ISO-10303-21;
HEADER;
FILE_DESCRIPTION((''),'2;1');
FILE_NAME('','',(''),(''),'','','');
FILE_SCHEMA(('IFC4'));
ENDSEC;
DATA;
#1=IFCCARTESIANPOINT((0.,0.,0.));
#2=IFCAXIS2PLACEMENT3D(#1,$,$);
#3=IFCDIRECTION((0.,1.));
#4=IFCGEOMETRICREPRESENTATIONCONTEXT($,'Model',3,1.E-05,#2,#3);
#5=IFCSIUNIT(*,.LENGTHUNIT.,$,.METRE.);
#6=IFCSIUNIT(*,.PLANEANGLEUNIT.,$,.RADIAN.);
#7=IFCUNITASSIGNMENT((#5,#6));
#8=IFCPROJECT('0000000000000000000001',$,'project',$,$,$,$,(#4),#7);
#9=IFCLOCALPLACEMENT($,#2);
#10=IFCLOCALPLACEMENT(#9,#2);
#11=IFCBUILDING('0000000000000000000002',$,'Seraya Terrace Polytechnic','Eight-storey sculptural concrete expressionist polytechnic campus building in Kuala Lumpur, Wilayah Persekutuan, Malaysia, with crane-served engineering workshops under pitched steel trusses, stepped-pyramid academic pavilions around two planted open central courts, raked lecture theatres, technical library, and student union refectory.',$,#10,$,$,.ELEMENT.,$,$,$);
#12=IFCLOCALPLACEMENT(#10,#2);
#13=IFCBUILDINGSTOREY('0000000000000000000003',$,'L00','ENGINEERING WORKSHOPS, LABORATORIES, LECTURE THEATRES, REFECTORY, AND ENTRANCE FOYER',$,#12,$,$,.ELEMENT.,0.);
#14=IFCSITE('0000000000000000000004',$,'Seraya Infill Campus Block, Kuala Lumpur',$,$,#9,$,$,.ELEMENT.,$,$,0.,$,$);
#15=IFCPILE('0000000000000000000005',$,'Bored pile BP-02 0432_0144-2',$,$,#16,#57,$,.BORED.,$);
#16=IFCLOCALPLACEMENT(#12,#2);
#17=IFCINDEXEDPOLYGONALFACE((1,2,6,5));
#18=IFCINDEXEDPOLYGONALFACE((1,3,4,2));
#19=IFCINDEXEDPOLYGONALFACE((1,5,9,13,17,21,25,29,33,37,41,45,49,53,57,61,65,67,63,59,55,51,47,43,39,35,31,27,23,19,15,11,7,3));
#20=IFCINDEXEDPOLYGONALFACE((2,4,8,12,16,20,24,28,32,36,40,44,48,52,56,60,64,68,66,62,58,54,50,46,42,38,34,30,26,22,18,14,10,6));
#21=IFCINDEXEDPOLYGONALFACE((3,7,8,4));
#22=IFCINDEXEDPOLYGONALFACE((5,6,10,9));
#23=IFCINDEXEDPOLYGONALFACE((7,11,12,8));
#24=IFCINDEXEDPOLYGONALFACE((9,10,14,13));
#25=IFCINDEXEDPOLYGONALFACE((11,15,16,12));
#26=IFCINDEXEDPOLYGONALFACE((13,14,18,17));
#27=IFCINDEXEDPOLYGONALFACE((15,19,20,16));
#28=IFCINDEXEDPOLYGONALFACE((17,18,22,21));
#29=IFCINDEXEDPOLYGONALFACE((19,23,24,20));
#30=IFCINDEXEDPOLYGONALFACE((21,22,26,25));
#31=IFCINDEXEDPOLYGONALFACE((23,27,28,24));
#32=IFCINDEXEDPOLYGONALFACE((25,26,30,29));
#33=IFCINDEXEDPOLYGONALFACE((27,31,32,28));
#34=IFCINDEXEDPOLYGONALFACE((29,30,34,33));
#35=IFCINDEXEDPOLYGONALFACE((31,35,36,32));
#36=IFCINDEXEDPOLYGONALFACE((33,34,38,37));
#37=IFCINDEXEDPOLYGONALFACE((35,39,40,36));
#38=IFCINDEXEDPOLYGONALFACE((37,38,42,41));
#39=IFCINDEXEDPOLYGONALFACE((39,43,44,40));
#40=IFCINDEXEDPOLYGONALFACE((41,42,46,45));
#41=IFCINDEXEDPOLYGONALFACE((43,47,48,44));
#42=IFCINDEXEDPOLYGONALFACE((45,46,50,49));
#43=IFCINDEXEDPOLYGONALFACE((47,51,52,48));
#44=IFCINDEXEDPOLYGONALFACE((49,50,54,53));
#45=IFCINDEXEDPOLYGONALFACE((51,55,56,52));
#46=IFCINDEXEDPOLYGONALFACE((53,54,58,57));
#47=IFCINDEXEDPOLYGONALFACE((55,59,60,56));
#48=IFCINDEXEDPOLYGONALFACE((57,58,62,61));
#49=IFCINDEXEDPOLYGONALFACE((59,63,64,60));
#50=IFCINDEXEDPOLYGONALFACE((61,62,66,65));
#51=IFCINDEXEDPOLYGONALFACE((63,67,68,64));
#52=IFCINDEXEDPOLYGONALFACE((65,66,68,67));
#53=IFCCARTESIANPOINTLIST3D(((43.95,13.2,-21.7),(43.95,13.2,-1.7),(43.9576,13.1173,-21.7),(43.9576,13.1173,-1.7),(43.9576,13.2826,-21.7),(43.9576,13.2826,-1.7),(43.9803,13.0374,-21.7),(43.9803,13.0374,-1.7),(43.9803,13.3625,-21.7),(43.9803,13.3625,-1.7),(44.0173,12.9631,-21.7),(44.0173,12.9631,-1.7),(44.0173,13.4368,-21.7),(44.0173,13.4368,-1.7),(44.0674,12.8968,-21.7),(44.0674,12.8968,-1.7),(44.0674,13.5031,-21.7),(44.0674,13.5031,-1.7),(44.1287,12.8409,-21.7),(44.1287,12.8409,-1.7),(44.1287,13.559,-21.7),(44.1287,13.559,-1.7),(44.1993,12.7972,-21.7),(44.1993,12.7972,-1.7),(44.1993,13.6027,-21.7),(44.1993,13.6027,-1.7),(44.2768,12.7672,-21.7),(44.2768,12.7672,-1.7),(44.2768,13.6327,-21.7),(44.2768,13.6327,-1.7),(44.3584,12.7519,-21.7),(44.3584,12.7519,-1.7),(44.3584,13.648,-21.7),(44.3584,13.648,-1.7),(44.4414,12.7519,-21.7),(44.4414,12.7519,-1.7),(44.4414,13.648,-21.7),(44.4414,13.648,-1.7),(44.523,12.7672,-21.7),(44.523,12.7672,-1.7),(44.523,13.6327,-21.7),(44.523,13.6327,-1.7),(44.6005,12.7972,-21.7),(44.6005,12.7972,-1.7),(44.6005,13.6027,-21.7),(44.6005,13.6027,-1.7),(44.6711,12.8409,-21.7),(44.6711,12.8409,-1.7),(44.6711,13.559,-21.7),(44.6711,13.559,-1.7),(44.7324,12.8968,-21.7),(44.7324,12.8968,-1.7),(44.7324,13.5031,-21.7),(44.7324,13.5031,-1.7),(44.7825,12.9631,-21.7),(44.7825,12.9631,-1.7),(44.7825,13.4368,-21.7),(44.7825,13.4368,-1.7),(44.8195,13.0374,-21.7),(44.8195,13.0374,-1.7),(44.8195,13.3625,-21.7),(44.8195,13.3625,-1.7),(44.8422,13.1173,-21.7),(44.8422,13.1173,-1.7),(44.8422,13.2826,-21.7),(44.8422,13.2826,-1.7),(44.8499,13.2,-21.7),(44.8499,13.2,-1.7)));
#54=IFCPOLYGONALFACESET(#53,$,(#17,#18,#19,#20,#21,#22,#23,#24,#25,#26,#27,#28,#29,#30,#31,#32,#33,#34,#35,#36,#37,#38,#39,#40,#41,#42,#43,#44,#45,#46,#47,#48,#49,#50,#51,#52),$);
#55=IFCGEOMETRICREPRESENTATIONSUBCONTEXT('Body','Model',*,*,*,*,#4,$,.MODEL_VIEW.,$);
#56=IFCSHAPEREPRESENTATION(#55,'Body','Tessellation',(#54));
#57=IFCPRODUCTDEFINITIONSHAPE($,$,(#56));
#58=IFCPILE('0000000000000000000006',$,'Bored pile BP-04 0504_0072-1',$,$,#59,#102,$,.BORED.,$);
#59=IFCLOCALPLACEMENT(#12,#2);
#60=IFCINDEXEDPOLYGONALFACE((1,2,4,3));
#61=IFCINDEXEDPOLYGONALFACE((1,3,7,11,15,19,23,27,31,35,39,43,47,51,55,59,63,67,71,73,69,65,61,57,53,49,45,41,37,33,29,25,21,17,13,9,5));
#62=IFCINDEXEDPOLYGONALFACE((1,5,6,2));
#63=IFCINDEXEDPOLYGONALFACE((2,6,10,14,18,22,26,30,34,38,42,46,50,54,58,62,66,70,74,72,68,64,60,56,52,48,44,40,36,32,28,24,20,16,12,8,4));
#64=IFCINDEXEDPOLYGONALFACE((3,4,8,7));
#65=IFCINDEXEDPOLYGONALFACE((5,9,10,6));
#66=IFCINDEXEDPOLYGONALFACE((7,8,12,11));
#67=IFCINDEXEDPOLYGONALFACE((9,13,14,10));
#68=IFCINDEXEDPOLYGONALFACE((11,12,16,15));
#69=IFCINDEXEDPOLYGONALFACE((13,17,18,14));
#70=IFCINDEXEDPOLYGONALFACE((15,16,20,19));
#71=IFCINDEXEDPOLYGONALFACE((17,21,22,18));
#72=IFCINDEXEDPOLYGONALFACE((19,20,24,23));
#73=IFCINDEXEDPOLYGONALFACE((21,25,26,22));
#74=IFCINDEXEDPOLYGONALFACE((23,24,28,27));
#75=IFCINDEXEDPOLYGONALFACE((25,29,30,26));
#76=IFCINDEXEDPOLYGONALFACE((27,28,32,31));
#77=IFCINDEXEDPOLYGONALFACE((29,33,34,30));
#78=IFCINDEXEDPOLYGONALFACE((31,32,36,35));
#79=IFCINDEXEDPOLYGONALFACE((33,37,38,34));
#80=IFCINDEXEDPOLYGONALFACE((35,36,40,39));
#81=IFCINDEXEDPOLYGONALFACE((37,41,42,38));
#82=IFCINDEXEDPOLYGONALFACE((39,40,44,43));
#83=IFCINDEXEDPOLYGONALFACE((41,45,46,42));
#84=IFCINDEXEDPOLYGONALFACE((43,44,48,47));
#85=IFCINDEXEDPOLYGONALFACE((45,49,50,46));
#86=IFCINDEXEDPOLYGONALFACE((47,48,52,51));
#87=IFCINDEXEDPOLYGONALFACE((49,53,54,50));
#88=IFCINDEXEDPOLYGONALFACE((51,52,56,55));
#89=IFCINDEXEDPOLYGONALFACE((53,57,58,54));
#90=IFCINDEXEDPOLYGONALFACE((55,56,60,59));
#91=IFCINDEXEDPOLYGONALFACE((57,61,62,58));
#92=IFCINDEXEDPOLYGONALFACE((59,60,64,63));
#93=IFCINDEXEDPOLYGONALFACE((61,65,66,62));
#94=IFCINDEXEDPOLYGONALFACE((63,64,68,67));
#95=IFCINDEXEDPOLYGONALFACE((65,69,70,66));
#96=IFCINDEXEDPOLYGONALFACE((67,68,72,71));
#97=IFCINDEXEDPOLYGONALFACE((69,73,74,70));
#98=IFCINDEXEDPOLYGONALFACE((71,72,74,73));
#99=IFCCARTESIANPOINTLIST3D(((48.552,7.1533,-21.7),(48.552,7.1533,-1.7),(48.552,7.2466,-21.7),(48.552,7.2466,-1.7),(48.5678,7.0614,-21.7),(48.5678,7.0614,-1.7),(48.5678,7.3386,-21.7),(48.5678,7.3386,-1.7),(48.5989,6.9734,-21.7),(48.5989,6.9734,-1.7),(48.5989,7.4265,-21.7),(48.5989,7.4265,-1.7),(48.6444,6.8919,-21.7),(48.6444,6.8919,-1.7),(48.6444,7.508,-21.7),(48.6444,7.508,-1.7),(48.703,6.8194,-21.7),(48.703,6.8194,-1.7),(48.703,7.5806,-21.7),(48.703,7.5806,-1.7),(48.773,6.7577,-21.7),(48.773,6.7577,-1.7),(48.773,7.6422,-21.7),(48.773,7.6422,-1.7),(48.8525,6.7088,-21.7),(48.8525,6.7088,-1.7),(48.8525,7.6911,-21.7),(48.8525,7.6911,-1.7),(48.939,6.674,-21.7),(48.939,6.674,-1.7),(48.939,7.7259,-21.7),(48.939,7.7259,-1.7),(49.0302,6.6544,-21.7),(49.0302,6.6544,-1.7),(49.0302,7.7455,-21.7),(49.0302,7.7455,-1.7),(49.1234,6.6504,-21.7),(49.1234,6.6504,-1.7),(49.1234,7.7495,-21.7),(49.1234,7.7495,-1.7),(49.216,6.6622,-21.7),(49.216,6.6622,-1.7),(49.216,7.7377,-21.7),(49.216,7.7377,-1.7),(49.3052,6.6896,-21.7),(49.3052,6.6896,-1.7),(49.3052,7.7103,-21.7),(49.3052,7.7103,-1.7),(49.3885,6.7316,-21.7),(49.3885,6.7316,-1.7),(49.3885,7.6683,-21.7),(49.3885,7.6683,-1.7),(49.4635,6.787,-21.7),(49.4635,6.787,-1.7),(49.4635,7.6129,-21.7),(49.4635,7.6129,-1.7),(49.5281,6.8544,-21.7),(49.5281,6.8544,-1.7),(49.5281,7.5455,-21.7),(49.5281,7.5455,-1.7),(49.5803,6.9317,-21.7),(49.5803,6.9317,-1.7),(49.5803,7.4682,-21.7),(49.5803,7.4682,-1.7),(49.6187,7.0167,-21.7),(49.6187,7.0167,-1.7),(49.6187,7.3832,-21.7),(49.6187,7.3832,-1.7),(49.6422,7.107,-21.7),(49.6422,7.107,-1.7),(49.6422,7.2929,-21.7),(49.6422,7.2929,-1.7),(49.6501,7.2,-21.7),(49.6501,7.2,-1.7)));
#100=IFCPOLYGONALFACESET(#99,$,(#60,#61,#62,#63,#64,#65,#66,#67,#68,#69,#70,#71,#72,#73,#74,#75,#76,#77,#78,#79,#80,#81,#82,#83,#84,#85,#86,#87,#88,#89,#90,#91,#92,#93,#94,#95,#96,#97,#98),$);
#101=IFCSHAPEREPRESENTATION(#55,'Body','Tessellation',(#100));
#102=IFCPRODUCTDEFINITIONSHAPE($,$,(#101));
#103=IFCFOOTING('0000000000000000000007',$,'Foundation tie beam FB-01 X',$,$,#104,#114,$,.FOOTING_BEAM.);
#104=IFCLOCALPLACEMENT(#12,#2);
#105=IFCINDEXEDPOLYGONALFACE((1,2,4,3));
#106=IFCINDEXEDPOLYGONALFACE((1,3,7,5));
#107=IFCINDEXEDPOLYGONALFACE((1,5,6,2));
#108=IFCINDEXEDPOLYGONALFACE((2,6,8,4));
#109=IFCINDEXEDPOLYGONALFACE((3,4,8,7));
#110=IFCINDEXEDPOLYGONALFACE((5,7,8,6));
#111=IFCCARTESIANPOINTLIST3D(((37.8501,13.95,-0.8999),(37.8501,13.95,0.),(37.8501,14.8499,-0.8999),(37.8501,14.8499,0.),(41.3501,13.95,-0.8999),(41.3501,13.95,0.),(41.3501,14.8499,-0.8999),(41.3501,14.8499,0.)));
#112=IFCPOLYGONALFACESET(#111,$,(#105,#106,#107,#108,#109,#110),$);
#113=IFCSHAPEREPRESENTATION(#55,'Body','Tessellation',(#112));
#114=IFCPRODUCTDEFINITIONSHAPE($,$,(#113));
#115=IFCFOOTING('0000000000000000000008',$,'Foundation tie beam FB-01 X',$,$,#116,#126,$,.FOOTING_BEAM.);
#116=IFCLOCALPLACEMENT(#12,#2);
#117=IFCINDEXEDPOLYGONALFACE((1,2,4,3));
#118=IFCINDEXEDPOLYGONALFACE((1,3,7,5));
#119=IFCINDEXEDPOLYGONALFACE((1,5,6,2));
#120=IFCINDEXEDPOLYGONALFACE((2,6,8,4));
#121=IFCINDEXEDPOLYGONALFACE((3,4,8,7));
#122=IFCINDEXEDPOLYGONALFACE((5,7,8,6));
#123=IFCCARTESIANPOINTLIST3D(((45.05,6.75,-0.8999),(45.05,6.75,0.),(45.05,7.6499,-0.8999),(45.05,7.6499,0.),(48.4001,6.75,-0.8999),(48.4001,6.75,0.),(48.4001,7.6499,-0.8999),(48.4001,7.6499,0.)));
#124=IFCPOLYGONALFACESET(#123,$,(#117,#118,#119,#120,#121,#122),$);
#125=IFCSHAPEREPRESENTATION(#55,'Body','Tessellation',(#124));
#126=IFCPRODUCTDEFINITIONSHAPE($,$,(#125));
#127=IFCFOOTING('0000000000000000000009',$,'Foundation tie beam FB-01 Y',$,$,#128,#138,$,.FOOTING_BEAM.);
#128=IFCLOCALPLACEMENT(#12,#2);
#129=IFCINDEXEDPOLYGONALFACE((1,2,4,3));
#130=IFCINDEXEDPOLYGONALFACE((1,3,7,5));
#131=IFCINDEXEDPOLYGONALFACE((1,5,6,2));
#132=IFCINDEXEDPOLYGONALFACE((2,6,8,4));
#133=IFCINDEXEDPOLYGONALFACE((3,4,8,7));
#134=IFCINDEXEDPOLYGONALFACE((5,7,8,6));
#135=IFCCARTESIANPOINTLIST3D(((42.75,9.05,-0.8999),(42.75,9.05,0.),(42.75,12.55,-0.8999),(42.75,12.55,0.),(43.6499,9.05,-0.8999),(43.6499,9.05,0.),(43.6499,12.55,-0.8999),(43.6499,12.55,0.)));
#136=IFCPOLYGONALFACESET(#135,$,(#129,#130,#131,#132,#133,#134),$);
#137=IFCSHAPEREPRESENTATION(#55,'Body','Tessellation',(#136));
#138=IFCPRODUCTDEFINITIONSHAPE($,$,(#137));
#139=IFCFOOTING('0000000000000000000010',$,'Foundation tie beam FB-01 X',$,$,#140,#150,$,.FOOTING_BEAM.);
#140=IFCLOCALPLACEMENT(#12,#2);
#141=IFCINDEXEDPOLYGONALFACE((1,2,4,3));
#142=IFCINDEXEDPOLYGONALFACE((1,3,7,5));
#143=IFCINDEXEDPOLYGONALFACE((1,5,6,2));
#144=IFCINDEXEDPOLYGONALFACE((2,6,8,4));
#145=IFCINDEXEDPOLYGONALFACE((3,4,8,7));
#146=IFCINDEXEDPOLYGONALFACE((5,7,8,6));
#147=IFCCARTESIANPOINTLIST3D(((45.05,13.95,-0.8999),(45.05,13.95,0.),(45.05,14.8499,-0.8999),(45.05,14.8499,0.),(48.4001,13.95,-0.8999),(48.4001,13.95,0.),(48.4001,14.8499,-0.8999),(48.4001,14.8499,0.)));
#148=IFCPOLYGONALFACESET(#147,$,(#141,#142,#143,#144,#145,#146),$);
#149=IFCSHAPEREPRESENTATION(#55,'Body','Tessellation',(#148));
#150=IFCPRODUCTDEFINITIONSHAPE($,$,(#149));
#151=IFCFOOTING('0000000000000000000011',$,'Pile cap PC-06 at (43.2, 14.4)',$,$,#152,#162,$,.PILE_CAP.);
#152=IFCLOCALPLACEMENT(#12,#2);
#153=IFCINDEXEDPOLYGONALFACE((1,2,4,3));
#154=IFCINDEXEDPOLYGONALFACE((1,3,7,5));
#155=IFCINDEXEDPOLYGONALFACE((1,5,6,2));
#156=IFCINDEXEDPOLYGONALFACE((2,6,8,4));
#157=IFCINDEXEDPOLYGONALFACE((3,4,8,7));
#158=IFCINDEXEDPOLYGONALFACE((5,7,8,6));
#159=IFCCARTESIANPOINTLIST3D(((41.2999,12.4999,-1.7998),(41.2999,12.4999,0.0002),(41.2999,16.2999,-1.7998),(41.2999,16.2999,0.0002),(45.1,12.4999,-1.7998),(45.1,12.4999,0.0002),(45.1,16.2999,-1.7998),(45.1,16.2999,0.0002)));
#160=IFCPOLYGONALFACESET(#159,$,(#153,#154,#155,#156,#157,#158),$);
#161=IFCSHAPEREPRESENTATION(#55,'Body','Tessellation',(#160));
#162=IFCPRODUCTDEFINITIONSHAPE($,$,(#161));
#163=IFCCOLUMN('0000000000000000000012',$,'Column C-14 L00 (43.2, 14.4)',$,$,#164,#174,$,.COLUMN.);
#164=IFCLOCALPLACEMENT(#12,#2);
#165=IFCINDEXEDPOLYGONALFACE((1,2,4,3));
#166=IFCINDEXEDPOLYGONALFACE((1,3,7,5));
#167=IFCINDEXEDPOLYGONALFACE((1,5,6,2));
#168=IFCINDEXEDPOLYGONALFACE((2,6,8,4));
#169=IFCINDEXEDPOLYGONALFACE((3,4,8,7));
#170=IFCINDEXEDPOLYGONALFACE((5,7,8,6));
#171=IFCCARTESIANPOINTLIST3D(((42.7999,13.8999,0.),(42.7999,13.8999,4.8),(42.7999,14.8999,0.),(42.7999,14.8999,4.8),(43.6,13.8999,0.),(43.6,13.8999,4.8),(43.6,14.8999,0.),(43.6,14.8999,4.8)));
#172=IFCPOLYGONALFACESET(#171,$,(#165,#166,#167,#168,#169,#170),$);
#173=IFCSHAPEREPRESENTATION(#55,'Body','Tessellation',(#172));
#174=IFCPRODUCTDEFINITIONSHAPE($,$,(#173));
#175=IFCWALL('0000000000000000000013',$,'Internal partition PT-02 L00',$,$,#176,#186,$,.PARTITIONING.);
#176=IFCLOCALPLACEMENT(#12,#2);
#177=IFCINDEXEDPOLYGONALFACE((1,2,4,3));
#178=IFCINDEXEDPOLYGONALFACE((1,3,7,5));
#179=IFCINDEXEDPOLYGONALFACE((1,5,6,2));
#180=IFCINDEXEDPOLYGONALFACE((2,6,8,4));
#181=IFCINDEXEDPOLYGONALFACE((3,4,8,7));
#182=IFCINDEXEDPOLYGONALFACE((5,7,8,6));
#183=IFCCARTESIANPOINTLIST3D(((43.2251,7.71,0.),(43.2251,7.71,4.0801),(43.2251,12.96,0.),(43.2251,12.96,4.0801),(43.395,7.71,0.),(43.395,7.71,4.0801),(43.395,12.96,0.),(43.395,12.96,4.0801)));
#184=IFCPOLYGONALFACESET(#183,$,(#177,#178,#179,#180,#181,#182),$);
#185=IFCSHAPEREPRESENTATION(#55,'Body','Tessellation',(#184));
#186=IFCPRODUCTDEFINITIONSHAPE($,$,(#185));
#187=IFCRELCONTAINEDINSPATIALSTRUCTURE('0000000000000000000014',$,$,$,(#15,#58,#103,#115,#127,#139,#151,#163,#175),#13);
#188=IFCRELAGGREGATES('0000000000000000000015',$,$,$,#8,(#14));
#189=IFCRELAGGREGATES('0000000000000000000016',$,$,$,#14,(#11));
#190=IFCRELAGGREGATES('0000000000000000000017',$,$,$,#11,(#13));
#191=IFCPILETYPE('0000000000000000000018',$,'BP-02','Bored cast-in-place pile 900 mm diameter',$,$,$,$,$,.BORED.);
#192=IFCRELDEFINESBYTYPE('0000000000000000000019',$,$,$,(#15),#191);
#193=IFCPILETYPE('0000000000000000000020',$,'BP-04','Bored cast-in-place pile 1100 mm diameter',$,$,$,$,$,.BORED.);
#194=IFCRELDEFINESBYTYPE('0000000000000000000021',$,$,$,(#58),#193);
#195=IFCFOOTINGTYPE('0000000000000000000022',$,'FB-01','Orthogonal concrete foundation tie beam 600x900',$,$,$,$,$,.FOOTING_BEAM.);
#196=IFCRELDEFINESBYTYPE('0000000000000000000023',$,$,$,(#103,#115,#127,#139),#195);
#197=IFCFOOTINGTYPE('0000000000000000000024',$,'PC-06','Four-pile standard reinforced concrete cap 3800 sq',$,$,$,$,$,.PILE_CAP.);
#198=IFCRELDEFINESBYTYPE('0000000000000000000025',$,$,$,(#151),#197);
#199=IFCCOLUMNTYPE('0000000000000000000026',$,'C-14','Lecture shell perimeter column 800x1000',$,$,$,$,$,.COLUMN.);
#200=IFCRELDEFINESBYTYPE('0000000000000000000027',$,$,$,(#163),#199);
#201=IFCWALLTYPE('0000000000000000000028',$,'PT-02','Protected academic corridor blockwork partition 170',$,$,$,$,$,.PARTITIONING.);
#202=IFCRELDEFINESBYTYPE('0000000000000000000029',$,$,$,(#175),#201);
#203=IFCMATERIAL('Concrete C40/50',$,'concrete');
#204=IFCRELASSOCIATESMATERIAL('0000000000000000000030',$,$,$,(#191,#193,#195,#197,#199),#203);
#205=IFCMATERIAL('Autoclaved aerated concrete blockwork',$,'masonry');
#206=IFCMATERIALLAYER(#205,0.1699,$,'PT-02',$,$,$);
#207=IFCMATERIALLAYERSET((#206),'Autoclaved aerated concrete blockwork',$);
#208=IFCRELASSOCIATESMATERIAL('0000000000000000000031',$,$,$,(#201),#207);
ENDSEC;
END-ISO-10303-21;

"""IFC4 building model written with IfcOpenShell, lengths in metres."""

from ifc_helpers import new_model, si_unit, direction, frame, frame_2d, origin, origin_2d, place, context, subcontext, project, spatial, rectangle, circle, extrude, material, layer, layer_set, material_profile, profile_set, type_object, element, save


model = new_model("IFC4")

# Units and contexts
model_context = context("Model", 3, precision=1e-05, world=origin(), true_north=direction((0.0, 1.0)))
body_context = subcontext(model_context, "Body", "Model", "MODEL_VIEW")
ifc_project = project(units=[si_unit("LENGTHUNIT", "METRE"), si_unit("PLANEANGLEUNIT", "RADIAN")], contexts=[model_context])

# Site, building, storey
site_placement = place(None, origin())
site = spatial("IfcSite", under=ifc_project, at=site_placement, Name="Seraya Infill Campus Block, Kuala Lumpur", CompositionType="ELEMENT", RefElevation=0.0)
building_placement = place(site_placement, origin())
building = spatial("IfcBuilding", under=site, at=building_placement, Name="Seraya Terrace Polytechnic", Description="Eight-storey sculptural concrete expressionist polytechnic campus building in Kuala Lumpur, Wilayah Persekutuan, Malaysia, with crane-served engineering workshops under pitched steel trusses, stepped-pyramid academic pavilions around two planted open central courts, raked lecture theatres, technical library, and student union refectory.", CompositionType="ELEMENT")
storey_placement = place(building_placement, origin())
storey = spatial("IfcBuildingStorey", under=building, at=storey_placement, Name="L00", Description="ENGINEERING WORKSHOPS, LABORATORIES, LECTURE THEATRES, REFECTORY, AND ENTRANCE FOYER", CompositionType="ELEMENT", Elevation=0.0)

# Piles
ifc_material_1 = material(Name="Concrete C40/50", Category="concrete")
ifc_material_profile_1 = material_profile(ifc_material_1, circle(Radius=0.45, at=origin_2d()), Name="DIA 900")
ifc_profile_set_1 = profile_set([ifc_material_profile_1], Name="Concrete C40/50")
pile_type_1 = type_object("IfcPileType", Name="BP-02", Description="Bored cast-in-place pile 900 mm diameter", PredefinedType="BORED", material=ifc_profile_set_1)
for number, where, z_axis, x_axis, name in (
    (1, (44.3999, 13.2, -1.7), (0.0, 0.0, -1.0), (1.0, 0.0, 0.0), "Bored pile BP-02 0432_0144-2"),
):
    element("IfcPile", number, at=place(storey_placement, frame(where, z_axis=z_axis, x_axis=x_axis)), inside=storey, type_object=pile_type_1, Name=name, PredefinedType="BORED", context=body_context, shape_type="SweptSolid", body=[
        extrude(circle(Radius=0.45, at=origin_2d()), origin(), (0.0, 0.0, 1.0), 20.0),
    ])
ifc_material_profile_2 = material_profile(ifc_material_1, circle(Radius=0.55, at=origin_2d()), Name="DIA 1100")
ifc_profile_set_2 = profile_set([ifc_material_profile_2], Name="Concrete C40/50")
pile_type_2 = type_object("IfcPileType", Name="BP-04", Description="Bored cast-in-place pile 1100 mm diameter", PredefinedType="BORED", material=ifc_profile_set_2)
pile_placement = place(storey_placement, frame((49.1001, 7.2, -1.7), z_axis=(0.0, 0.0, -1.0), x_axis=(1.0, 0.0, 0.0)))
element("IfcPile", 2, at=pile_placement, inside=storey, type_object=pile_type_2, Name="Bored pile BP-04 0504_0072-1", PredefinedType="BORED", context=body_context, shape_type="SweptSolid", body=[
    extrude(circle(Radius=0.55, at=origin_2d()), origin(), (0.0, 0.0, 1.0), 20.0),
])

# Footings
footing_type_1 = type_object("IfcFootingType", Name="FB-01", Description="Orthogonal concrete foundation tie beam 600x900", PredefinedType="FOOTING_BEAM", material=ifc_material_1)
footing_1_placement = place(storey_placement, frame((39.6001, 14.3999, -0.8999), z_axis=(0.0, 0.0, 1.0), x_axis=(1.0, 0.0, 0.0)))
element("IfcFooting", 3, at=footing_1_placement, inside=storey, type_object=footing_type_1, Name="Foundation tie beam FB-01 X", PredefinedType="FOOTING_BEAM", context=body_context, shape_type="SweptSolid", body=[
    extrude(rectangle(XDim=3.5, YDim=0.8999, at=origin_2d()), origin(), (0.0, 0.0, 1.0), 0.8999),
])
footing_2_placement = place(storey_placement, frame((46.7251, 7.2, -0.8999), z_axis=(0.0, 0.0, 1.0), x_axis=(1.0, 0.0, 0.0)))
element("IfcFooting", 4, at=footing_2_placement, inside=storey, type_object=footing_type_1, Name="Foundation tie beam FB-01 X", PredefinedType="FOOTING_BEAM", context=body_context, shape_type="SweptSolid", body=[
    extrude(rectangle(XDim=3.3501, YDim=0.8999, at=origin_2d()), origin(), (0.0, 0.0, 1.0), 0.8999),
])
footing_3_placement = place(storey_placement, frame((43.2, 10.8, -0.8999), z_axis=(0.0, 0.0, 1.0), x_axis=(0.0, 1.0, 0.0)))
element("IfcFooting", 5, at=footing_3_placement, inside=storey, type_object=footing_type_1, Name="Foundation tie beam FB-01 Y", PredefinedType="FOOTING_BEAM", context=body_context, shape_type="SweptSolid", body=[
    extrude(rectangle(XDim=3.5, YDim=0.8999, at=origin_2d()), origin(), (0.0, 0.0, 1.0), 0.8999),
])
footing_4_placement = place(storey_placement, frame((46.7251, 14.3999, -0.8999), z_axis=(0.0, 0.0, 1.0), x_axis=(1.0, 0.0, 0.0)))
element("IfcFooting", 6, at=footing_4_placement, inside=storey, type_object=footing_type_1, Name="Foundation tie beam FB-01 X", PredefinedType="FOOTING_BEAM", context=body_context, shape_type="SweptSolid", body=[
    extrude(rectangle(XDim=3.3501, YDim=0.8999, at=origin_2d()), origin(), (0.0, 0.0, 1.0), 0.8999),
])
footing_type_2 = type_object("IfcFootingType", Name="PC-06", Description="Four-pile standard reinforced concrete cap 3800 sq", PredefinedType="PILE_CAP", material=ifc_material_1)
footing_5_placement = place(storey_placement, frame((43.2, 14.3999, -1.7998), z_axis=(0.0, 0.0, 1.0), x_axis=(1.0, 0.0, 0.0)))
element("IfcFooting", 7, at=footing_5_placement, inside=storey, type_object=footing_type_2, Name="Pile cap PC-06 at (43.2, 14.4)", PredefinedType="PILE_CAP", context=body_context, shape_type="SweptSolid", body=[
    extrude(rectangle(XDim=3.8, YDim=3.8, at=origin_2d()), origin(), (0.0, 0.0, 1.0), 1.8),
])

# Column
ifc_material_profile_3 = material_profile(ifc_material_1, rectangle(XDim=0.8, YDim=1.0, at=origin_2d()), Name="RC 800x1000")
ifc_profile_set_3 = profile_set([ifc_material_profile_3], Name="Concrete C40/50")
column_type = type_object("IfcColumnType", Name="C-14", Description="Lecture shell perimeter column 800x1000", PredefinedType="COLUMN", material=ifc_profile_set_3)
column_placement = place(storey_placement, frame((43.2, 14.3999, 0.0), z_axis=(0.0, 0.0, 1.0), x_axis=(1.0, 0.0, 0.0)))
element("IfcColumn", 8, at=column_placement, inside=storey, type_object=column_type, Name="Column C-14 L00 (43.2, 14.4)", PredefinedType="COLUMN", context=body_context, shape_type="SweptSolid", body=[
    extrude(rectangle(XDim=0.8, YDim=1.0, at=origin_2d()), origin(), (0.0, 0.0, 1.0), 4.8),
])

# Wall
ifc_material_2 = material(Name="Autoclaved aerated concrete blockwork", Category="masonry")
ifc_layer_1 = layer(ifc_material_2, 0.1699, Name="PT-02")
ifc_layer_set_1 = layer_set([ifc_layer_1], Name="Autoclaved aerated concrete blockwork")
wall_type_1 = type_object("IfcWallType", Name="PT-02", Description="Protected academic corridor blockwork partition 170", PredefinedType="PARTITIONING", material=ifc_layer_set_1)
wall_1_placement = place(storey_placement, frame((43.3101, 7.71, 0.0), z_axis=(0.0, 0.0, 1.0), x_axis=(0.0, 1.0, 0.0)))
element("IfcWall", 9, at=wall_1_placement, inside=storey, type_object=wall_type_1, Name="Internal partition PT-02 L00", PredefinedType="PARTITIONING", context=body_context, shape_type="SweptSolid", body=[
    extrude(rectangle(XDim=5.25, YDim=0.1699, at=frame_2d((2.625, 0.0))), origin(), (0.0, 0.0, 1.0), 4.0801),
])

save(model, "model.ifc")
